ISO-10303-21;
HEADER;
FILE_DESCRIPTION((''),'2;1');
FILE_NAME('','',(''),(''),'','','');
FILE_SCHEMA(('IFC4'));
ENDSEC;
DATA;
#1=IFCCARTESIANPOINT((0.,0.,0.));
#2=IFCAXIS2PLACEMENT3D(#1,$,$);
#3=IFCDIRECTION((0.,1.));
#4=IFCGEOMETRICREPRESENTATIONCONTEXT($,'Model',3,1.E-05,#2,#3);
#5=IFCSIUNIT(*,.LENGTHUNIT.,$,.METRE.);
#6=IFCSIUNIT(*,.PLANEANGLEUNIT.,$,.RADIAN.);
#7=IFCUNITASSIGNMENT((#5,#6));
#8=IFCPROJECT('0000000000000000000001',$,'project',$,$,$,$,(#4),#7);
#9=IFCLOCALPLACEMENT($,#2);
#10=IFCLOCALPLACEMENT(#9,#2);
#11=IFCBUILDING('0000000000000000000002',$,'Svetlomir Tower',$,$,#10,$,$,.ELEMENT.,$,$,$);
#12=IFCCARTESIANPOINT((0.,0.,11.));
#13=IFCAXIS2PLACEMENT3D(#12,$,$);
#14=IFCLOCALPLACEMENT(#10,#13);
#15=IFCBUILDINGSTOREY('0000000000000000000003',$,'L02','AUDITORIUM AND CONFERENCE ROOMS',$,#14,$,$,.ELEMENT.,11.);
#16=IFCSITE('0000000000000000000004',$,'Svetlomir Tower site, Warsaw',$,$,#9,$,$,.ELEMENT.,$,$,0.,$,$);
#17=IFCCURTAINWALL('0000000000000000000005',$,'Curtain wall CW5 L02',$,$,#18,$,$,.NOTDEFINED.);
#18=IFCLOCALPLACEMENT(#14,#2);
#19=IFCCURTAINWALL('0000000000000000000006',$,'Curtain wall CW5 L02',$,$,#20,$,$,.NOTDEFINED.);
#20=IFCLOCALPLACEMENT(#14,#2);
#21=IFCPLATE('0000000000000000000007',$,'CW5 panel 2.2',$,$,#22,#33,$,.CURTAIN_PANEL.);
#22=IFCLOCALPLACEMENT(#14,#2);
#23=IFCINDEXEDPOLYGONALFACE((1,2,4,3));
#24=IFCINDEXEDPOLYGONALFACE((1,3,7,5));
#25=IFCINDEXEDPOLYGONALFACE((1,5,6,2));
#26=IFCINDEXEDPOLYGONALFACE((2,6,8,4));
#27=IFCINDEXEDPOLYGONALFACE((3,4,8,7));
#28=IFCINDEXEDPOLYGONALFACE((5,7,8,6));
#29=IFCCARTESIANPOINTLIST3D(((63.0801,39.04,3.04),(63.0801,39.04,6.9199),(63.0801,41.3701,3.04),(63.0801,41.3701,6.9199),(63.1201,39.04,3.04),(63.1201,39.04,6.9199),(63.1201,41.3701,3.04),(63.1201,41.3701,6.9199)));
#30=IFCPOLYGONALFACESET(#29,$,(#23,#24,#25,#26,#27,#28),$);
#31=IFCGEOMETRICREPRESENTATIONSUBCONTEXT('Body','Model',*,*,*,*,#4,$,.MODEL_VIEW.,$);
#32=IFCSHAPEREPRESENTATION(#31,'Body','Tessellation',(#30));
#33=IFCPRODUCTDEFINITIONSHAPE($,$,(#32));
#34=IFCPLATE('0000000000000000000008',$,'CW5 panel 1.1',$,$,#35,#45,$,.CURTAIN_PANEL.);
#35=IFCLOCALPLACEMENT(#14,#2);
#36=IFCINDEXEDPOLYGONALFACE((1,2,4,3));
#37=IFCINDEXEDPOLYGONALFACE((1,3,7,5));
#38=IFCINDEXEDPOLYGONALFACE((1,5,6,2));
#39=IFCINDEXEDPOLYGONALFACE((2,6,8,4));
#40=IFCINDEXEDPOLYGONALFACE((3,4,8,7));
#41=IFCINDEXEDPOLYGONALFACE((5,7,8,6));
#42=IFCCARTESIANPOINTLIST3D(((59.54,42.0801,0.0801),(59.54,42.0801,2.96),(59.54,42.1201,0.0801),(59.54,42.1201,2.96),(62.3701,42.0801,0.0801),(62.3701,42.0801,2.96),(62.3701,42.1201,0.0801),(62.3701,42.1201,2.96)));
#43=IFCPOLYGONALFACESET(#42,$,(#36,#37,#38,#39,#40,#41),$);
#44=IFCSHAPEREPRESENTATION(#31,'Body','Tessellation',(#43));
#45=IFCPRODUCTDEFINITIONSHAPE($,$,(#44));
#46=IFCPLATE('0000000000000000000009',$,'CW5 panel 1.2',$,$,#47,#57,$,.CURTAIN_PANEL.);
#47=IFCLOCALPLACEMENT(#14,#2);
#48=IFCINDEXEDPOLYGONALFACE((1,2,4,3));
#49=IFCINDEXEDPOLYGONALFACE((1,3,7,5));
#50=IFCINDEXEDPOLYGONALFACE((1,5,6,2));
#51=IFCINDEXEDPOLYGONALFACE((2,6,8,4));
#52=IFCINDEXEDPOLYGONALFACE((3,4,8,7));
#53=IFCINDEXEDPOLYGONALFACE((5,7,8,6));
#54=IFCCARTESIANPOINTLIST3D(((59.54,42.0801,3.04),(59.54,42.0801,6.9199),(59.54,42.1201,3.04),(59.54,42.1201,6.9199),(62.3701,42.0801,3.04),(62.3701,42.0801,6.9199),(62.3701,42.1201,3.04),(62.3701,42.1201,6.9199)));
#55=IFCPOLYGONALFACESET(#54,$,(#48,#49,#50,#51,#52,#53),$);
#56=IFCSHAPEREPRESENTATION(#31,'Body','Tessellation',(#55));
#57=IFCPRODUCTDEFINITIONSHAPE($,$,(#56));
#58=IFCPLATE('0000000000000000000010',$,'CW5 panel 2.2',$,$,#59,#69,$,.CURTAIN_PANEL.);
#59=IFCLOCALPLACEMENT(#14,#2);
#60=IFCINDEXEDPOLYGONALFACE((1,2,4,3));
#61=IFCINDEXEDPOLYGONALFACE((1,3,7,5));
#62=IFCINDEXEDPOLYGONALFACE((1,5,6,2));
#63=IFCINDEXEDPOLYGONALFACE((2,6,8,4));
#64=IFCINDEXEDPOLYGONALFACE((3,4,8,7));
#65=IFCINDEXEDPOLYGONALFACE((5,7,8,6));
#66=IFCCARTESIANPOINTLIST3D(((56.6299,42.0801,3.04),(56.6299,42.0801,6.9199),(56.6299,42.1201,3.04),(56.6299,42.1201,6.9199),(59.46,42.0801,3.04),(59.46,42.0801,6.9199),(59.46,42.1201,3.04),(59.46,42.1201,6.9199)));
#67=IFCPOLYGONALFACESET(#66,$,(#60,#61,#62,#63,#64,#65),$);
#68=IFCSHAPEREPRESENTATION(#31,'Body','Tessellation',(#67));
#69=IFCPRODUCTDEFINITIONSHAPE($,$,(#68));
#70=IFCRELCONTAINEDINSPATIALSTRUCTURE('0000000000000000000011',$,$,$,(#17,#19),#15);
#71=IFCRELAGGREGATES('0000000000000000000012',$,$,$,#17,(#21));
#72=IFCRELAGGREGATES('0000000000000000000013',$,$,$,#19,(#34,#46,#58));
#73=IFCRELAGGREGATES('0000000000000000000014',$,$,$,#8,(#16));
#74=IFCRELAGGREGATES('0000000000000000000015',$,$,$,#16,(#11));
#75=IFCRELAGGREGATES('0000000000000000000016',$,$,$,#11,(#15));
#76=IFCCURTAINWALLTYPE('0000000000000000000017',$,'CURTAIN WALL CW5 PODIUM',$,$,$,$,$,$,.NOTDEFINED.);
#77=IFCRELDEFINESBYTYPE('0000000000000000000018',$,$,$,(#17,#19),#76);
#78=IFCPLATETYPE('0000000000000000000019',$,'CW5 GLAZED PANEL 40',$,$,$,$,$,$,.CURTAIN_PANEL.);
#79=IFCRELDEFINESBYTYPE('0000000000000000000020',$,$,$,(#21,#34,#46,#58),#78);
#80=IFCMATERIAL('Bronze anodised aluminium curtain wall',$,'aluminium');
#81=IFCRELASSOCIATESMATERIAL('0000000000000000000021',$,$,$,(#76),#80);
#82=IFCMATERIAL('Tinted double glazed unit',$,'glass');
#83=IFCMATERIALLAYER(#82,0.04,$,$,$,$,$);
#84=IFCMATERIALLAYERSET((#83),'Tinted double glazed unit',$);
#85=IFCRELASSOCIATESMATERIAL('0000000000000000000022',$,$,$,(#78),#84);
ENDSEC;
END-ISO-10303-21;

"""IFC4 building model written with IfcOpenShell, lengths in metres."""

from ifc_helpers import new_model, si_unit, direction, frame, origin, origin_2d, place, context, subcontext, project, spatial, rectangle, extrude, material, layer, layer_set, type_object, element, aggregate, save


model = new_model("IFC4")

# Units and contexts
model_context = context("Model", 3, precision=1e-05, world=origin(), true_north=direction((0.0, 1.0)))
body_context = subcontext(model_context, "Body", "Model", "MODEL_VIEW")
ifc_project = project(units=[si_unit("LENGTHUNIT", "METRE"), si_unit("PLANEANGLEUNIT", "RADIAN")], contexts=[model_context])

# Site, building, storey
site_placement = place(None, origin())
site = spatial("IfcSite", under=ifc_project, at=site_placement, Name="Svetlomir Tower site, Warsaw", CompositionType="ELEMENT", RefElevation=0.0)
building_placement = place(site_placement, origin())
building = spatial("IfcBuilding", under=site, at=building_placement, Name="Svetlomir Tower", CompositionType="ELEMENT")
storey_placement = place(building_placement, frame((0.0, 0.0, 11.0)))
storey = spatial("IfcBuildingStorey", under=building, at=storey_placement, Name="L02", Description="AUDITORIUM AND CONFERENCE ROOMS", CompositionType="ELEMENT", Elevation=11.0)

# Curtain walls
ifc_material_1 = material(Name="Bronze anodised aluminium curtain wall", Category="aluminium")
curtain_wall_type = type_object("IfcCurtainWallType", Name="CURTAIN WALL CW5 PODIUM", PredefinedType="NOTDEFINED", material=ifc_material_1)
curtain_wall_1_placement = place(storey_placement, origin())
curtain_wall_1 = element("IfcCurtainWall", 1, at=curtain_wall_1_placement, inside=storey, type_object=curtain_wall_type, Name="Curtain wall CW5 L02", PredefinedType="NOTDEFINED")
curtain_wall_2_placement = place(storey_placement, origin())
curtain_wall_2 = element("IfcCurtainWall", 2, at=curtain_wall_2_placement, inside=storey, type_object=curtain_wall_type, Name="Curtain wall CW5 L02", PredefinedType="NOTDEFINED")

# Plates
ifc_material_2 = material(Name="Tinted double glazed unit", Category="glass")
ifc_layer = layer(ifc_material_2, 0.04)
ifc_layer_set = layer_set([ifc_layer], Name="Tinted double glazed unit")
plate_type = type_object("IfcPlateType", Name="CW5 GLAZED PANEL 40", PredefinedType="CURTAIN_PANEL", material=ifc_layer_set)
plate_1_placement = place(storey_placement, frame((63.1001, 40.2051, 3.04), z_axis=(0.0, 0.0, 1.0), x_axis=(0.0, 1.0, 0.0)))
plate_1 = element("IfcPlate", 3, at=plate_1_placement, type_object=plate_type, Name="CW5 panel 2.2", PredefinedType="CURTAIN_PANEL", context=body_context, shape_type="SweptSolid", body=[
    extrude(rectangle(XDim=2.3301, YDim=0.04, at=origin_2d()), origin(), (0.0, 0.0, 1.0), 3.8799),
])
aggregate(curtain_wall_1, [plate_1])
plate_2_placement = place(storey_placement, frame((60.9551, 42.1001, 0.0801), z_axis=(0.0, 0.0, 1.0), x_axis=(-1.0, 0.0, 0.0)))
plate_2 = element("IfcPlate", 4, at=plate_2_placement, type_object=plate_type, Name="CW5 panel 1.1", PredefinedType="CURTAIN_PANEL", context=body_context, shape_type="SweptSolid", body=[
    extrude(rectangle(XDim=2.8301, YDim=0.04, at=origin_2d()), origin(), (0.0, 0.0, 1.0), 2.8799),
])
plate_3_placement = place(storey_placement, frame((60.9551, 42.1001, 3.04), z_axis=(0.0, 0.0, 1.0), x_axis=(-1.0, 0.0, 0.0)))
plate_3 = element("IfcPlate", 5, at=plate_3_placement, type_object=plate_type, Name="CW5 panel 1.2", PredefinedType="CURTAIN_PANEL", context=body_context, shape_type="SweptSolid", body=[
    extrude(rectangle(XDim=2.8301, YDim=0.04, at=origin_2d()), origin(), (0.0, 0.0, 1.0), 3.8799),
])
plate_4_placement = place(storey_placement, frame((58.0449, 42.1001, 3.04), z_axis=(0.0, 0.0, 1.0), x_axis=(-1.0, 0.0, 0.0)))
plate_4 = element("IfcPlate", 6, at=plate_4_placement, type_object=plate_type, Name="CW5 panel 2.2", PredefinedType="CURTAIN_PANEL", context=body_context, shape_type="SweptSolid", body=[
    extrude(rectangle(XDim=2.8301, YDim=0.04, at=origin_2d()), origin(), (0.0, 0.0, 1.0), 3.8799),
])
aggregate(curtain_wall_2, [plate_2, plate_3, plate_4])

save(model, "model.ifc")
